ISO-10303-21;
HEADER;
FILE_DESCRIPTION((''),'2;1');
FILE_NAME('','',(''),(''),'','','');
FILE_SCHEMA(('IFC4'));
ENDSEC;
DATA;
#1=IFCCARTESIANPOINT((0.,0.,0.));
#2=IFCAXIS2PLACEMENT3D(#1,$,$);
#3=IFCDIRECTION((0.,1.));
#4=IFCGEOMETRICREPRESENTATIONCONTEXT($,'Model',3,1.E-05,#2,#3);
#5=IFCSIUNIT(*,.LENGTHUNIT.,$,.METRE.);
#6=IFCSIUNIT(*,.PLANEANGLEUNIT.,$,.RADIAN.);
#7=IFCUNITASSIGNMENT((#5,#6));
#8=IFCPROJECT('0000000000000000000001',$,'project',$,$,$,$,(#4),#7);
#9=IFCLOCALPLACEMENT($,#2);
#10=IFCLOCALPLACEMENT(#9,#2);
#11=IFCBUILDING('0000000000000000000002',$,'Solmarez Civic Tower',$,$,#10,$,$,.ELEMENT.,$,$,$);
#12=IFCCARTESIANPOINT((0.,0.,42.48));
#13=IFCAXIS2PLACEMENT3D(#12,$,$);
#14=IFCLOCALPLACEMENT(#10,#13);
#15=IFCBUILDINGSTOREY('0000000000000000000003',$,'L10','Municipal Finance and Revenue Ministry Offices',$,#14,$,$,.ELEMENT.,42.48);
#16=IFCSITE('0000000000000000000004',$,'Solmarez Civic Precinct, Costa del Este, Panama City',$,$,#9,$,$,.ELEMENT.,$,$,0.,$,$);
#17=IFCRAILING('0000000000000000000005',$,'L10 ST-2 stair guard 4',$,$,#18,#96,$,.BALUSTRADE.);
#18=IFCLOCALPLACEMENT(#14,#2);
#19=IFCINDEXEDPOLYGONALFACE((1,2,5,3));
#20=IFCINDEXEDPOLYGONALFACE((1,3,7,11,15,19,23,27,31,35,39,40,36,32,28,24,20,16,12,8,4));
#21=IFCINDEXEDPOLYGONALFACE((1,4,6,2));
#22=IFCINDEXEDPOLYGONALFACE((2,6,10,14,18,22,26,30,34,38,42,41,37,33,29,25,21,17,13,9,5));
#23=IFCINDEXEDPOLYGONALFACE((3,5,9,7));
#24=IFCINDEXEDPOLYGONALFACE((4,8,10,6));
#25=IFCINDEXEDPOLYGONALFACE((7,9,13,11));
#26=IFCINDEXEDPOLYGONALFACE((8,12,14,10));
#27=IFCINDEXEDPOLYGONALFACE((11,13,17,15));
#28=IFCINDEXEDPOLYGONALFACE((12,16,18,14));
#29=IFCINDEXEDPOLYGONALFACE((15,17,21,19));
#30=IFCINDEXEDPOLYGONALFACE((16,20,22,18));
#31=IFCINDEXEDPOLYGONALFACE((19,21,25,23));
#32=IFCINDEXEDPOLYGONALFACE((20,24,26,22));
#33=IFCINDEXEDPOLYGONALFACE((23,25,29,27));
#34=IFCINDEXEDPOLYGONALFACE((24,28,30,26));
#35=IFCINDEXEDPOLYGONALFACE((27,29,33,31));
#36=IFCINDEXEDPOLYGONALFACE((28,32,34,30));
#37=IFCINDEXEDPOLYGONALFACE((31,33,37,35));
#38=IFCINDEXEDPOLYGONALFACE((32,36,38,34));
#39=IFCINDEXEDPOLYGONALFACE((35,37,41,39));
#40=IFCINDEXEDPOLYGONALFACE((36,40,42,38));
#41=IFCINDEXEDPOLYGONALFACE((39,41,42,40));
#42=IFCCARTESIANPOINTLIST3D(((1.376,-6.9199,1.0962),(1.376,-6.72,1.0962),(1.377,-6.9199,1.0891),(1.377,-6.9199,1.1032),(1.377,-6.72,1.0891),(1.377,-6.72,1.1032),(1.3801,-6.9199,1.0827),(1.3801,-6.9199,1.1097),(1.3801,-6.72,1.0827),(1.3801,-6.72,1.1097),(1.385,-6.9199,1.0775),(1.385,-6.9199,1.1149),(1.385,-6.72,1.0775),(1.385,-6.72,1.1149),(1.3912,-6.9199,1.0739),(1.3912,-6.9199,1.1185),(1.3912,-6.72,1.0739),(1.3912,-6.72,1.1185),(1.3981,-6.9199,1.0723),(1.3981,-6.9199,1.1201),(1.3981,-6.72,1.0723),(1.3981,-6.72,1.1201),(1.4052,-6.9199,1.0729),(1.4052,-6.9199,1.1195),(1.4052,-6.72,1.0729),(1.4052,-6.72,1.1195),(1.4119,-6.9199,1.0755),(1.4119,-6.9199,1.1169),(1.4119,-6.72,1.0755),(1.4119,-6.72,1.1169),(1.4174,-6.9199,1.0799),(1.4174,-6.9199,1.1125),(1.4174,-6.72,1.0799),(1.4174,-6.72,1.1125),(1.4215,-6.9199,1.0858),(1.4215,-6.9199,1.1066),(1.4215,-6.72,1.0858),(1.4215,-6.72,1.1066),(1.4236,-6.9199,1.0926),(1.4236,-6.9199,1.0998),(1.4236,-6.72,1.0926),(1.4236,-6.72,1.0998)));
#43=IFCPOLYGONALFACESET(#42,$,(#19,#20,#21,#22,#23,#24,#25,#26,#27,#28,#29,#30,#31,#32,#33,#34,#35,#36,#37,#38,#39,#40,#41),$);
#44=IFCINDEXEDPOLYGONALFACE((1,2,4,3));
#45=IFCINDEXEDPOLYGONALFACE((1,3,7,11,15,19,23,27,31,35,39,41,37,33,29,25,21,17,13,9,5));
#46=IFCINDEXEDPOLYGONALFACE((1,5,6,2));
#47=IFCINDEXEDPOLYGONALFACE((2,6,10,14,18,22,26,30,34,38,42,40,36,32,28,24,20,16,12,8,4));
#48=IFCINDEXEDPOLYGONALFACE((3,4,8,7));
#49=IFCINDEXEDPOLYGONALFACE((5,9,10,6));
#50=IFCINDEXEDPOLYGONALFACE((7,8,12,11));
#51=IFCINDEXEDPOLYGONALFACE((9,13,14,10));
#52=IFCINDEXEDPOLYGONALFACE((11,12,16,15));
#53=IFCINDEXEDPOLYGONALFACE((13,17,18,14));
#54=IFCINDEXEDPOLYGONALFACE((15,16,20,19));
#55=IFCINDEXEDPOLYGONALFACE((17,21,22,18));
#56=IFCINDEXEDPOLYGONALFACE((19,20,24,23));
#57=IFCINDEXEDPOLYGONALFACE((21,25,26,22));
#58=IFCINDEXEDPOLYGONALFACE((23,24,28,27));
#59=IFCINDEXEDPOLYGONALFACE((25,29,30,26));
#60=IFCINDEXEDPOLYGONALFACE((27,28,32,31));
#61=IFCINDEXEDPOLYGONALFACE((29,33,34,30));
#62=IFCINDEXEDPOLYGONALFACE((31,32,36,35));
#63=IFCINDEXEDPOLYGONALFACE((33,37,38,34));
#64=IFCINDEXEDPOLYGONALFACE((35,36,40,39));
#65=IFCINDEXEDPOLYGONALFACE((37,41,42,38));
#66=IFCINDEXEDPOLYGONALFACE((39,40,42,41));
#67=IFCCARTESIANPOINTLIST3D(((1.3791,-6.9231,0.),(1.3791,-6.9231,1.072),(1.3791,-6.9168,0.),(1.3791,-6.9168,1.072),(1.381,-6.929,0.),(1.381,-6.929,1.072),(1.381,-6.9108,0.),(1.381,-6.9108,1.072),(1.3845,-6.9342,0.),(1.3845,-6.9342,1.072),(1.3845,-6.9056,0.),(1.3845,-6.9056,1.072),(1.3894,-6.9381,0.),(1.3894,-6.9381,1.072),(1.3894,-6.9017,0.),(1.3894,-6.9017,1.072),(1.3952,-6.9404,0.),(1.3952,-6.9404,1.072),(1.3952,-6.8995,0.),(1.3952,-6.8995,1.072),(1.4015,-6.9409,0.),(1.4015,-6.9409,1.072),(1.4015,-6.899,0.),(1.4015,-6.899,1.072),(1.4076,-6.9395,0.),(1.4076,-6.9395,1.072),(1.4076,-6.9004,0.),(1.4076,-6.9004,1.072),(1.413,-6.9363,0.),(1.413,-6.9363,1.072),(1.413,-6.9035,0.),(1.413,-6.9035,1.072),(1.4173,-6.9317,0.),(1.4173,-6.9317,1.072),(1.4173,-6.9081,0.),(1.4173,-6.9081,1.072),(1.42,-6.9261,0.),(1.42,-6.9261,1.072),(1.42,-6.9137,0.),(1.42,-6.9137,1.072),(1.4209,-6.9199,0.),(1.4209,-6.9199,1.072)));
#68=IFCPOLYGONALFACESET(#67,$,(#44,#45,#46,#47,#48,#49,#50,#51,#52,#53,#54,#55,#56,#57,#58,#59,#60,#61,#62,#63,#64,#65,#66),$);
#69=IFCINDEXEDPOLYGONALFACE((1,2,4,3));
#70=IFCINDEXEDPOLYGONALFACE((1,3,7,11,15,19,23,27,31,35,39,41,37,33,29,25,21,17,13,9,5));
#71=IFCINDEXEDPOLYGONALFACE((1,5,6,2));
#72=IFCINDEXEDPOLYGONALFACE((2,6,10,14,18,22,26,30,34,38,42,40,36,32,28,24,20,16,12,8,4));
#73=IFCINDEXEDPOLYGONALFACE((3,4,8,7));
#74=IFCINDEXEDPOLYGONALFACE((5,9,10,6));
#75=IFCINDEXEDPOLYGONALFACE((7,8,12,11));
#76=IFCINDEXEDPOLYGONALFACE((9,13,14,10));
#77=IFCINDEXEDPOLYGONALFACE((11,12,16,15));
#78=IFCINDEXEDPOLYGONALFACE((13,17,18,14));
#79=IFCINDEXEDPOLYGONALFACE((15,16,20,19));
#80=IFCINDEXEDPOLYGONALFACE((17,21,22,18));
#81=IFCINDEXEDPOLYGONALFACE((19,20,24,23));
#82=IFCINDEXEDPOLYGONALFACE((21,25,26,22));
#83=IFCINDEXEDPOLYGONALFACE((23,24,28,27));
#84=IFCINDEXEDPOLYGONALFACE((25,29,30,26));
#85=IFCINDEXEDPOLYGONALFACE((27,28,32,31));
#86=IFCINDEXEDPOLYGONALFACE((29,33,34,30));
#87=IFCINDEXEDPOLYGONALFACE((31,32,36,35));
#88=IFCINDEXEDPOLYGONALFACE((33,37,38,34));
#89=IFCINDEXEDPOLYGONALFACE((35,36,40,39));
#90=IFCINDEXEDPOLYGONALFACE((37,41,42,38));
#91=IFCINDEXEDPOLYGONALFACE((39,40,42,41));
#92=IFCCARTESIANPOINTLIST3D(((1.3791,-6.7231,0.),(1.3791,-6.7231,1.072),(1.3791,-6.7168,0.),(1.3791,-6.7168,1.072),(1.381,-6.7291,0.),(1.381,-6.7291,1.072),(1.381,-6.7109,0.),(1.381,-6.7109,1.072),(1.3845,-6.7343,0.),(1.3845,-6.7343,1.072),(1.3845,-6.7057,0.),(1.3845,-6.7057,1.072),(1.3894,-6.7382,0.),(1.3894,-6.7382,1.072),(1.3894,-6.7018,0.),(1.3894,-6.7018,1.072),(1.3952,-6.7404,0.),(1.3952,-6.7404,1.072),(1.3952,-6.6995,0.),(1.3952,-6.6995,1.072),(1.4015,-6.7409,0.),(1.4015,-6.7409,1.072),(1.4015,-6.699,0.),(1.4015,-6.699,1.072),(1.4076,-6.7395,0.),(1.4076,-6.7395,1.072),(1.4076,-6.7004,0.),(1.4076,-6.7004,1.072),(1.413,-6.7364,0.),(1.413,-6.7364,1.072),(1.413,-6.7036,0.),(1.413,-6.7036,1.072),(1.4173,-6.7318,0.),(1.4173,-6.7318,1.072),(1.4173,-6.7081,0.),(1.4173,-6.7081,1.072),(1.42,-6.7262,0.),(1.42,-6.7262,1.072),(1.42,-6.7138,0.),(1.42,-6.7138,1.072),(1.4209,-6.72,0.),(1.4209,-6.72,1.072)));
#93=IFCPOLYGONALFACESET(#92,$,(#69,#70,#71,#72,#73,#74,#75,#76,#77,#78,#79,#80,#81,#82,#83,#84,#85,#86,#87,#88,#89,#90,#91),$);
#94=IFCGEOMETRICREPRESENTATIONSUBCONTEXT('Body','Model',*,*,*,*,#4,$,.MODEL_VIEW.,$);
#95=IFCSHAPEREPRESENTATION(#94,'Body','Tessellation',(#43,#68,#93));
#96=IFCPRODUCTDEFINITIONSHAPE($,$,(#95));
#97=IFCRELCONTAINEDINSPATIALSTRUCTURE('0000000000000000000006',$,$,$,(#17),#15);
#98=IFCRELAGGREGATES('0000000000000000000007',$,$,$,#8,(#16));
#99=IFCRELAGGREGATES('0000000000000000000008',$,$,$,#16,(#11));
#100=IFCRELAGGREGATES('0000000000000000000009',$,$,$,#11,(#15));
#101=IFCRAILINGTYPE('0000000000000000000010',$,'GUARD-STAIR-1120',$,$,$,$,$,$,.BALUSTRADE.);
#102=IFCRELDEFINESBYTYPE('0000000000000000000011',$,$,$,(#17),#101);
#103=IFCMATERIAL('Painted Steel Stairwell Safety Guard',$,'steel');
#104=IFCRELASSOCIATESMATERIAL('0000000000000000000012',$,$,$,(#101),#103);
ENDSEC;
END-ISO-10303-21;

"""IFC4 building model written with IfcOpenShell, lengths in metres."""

from ifc_helpers import new_model, si_unit, direction, frame, origin, origin_2d, place, context, subcontext, project, spatial, circle, extrude, material, type_object, element, save


model = new_model("IFC4")

# Units and contexts
model_context = context("Model", 3, precision=1e-05, world=origin(), true_north=direction((0.0, 1.0)))
body_context = subcontext(model_context, "Body", "Model", "MODEL_VIEW")
ifc_project = project(units=[si_unit("LENGTHUNIT", "METRE"), si_unit("PLANEANGLEUNIT", "RADIAN")], contexts=[model_context])

# Site, building, storey
site_placement = place(None, origin())
site = spatial("IfcSite", under=ifc_project, at=site_placement, Name="Solmarez Civic Precinct, Costa del Este, Panama City", CompositionType="ELEMENT", RefElevation=0.0)
building_placement = place(site_placement, origin())
building = spatial("IfcBuilding", under=site, at=building_placement, Name="Solmarez Civic Tower", CompositionType="ELEMENT")
storey_placement = place(building_placement, frame((0.0, 0.0, 42.48)))
storey = spatial("IfcBuildingStorey", under=building, at=storey_placement, Name="L10", Description="Municipal Finance and Revenue Ministry Offices", CompositionType="ELEMENT", Elevation=42.48)

# Railing
ifc_material_1 = material(Name="Painted Steel Stairwell Safety Guard", Category="steel")
railing_type_1 = type_object("IfcRailingType", Name="GUARD-STAIR-1120", PredefinedType="BALUSTRADE", material=ifc_material_1)
railing_1_placement = place(storey_placement, frame((1.3999, -6.9199, 0.0)))
element("IfcRailing", 1, at=railing_1_placement, inside=storey, type_object=railing_type_1, Name="L10 ST-2 stair guard 4", PredefinedType="BALUSTRADE", context=body_context, shape_type="SweptSolid", body=[
    extrude(circle(Radius=0.0239, at=origin_2d()), frame((0.0, 0.0, 1.0962), z_axis=(0.0, 1.0, 0.0), x_axis=(-1.0, 0.0, 0.0)), (0.0, 0.0, 1.0), 0.2),
    extrude(circle(Radius=0.021, at=origin_2d()), origin(), (0.0, 0.0, 1.0), 1.072),
    extrude(circle(Radius=0.021, at=origin_2d()), frame((0.0, 0.2, 0.0)), (0.0, 0.0, 1.0), 1.072),
])

save(model, "model.ifc")
